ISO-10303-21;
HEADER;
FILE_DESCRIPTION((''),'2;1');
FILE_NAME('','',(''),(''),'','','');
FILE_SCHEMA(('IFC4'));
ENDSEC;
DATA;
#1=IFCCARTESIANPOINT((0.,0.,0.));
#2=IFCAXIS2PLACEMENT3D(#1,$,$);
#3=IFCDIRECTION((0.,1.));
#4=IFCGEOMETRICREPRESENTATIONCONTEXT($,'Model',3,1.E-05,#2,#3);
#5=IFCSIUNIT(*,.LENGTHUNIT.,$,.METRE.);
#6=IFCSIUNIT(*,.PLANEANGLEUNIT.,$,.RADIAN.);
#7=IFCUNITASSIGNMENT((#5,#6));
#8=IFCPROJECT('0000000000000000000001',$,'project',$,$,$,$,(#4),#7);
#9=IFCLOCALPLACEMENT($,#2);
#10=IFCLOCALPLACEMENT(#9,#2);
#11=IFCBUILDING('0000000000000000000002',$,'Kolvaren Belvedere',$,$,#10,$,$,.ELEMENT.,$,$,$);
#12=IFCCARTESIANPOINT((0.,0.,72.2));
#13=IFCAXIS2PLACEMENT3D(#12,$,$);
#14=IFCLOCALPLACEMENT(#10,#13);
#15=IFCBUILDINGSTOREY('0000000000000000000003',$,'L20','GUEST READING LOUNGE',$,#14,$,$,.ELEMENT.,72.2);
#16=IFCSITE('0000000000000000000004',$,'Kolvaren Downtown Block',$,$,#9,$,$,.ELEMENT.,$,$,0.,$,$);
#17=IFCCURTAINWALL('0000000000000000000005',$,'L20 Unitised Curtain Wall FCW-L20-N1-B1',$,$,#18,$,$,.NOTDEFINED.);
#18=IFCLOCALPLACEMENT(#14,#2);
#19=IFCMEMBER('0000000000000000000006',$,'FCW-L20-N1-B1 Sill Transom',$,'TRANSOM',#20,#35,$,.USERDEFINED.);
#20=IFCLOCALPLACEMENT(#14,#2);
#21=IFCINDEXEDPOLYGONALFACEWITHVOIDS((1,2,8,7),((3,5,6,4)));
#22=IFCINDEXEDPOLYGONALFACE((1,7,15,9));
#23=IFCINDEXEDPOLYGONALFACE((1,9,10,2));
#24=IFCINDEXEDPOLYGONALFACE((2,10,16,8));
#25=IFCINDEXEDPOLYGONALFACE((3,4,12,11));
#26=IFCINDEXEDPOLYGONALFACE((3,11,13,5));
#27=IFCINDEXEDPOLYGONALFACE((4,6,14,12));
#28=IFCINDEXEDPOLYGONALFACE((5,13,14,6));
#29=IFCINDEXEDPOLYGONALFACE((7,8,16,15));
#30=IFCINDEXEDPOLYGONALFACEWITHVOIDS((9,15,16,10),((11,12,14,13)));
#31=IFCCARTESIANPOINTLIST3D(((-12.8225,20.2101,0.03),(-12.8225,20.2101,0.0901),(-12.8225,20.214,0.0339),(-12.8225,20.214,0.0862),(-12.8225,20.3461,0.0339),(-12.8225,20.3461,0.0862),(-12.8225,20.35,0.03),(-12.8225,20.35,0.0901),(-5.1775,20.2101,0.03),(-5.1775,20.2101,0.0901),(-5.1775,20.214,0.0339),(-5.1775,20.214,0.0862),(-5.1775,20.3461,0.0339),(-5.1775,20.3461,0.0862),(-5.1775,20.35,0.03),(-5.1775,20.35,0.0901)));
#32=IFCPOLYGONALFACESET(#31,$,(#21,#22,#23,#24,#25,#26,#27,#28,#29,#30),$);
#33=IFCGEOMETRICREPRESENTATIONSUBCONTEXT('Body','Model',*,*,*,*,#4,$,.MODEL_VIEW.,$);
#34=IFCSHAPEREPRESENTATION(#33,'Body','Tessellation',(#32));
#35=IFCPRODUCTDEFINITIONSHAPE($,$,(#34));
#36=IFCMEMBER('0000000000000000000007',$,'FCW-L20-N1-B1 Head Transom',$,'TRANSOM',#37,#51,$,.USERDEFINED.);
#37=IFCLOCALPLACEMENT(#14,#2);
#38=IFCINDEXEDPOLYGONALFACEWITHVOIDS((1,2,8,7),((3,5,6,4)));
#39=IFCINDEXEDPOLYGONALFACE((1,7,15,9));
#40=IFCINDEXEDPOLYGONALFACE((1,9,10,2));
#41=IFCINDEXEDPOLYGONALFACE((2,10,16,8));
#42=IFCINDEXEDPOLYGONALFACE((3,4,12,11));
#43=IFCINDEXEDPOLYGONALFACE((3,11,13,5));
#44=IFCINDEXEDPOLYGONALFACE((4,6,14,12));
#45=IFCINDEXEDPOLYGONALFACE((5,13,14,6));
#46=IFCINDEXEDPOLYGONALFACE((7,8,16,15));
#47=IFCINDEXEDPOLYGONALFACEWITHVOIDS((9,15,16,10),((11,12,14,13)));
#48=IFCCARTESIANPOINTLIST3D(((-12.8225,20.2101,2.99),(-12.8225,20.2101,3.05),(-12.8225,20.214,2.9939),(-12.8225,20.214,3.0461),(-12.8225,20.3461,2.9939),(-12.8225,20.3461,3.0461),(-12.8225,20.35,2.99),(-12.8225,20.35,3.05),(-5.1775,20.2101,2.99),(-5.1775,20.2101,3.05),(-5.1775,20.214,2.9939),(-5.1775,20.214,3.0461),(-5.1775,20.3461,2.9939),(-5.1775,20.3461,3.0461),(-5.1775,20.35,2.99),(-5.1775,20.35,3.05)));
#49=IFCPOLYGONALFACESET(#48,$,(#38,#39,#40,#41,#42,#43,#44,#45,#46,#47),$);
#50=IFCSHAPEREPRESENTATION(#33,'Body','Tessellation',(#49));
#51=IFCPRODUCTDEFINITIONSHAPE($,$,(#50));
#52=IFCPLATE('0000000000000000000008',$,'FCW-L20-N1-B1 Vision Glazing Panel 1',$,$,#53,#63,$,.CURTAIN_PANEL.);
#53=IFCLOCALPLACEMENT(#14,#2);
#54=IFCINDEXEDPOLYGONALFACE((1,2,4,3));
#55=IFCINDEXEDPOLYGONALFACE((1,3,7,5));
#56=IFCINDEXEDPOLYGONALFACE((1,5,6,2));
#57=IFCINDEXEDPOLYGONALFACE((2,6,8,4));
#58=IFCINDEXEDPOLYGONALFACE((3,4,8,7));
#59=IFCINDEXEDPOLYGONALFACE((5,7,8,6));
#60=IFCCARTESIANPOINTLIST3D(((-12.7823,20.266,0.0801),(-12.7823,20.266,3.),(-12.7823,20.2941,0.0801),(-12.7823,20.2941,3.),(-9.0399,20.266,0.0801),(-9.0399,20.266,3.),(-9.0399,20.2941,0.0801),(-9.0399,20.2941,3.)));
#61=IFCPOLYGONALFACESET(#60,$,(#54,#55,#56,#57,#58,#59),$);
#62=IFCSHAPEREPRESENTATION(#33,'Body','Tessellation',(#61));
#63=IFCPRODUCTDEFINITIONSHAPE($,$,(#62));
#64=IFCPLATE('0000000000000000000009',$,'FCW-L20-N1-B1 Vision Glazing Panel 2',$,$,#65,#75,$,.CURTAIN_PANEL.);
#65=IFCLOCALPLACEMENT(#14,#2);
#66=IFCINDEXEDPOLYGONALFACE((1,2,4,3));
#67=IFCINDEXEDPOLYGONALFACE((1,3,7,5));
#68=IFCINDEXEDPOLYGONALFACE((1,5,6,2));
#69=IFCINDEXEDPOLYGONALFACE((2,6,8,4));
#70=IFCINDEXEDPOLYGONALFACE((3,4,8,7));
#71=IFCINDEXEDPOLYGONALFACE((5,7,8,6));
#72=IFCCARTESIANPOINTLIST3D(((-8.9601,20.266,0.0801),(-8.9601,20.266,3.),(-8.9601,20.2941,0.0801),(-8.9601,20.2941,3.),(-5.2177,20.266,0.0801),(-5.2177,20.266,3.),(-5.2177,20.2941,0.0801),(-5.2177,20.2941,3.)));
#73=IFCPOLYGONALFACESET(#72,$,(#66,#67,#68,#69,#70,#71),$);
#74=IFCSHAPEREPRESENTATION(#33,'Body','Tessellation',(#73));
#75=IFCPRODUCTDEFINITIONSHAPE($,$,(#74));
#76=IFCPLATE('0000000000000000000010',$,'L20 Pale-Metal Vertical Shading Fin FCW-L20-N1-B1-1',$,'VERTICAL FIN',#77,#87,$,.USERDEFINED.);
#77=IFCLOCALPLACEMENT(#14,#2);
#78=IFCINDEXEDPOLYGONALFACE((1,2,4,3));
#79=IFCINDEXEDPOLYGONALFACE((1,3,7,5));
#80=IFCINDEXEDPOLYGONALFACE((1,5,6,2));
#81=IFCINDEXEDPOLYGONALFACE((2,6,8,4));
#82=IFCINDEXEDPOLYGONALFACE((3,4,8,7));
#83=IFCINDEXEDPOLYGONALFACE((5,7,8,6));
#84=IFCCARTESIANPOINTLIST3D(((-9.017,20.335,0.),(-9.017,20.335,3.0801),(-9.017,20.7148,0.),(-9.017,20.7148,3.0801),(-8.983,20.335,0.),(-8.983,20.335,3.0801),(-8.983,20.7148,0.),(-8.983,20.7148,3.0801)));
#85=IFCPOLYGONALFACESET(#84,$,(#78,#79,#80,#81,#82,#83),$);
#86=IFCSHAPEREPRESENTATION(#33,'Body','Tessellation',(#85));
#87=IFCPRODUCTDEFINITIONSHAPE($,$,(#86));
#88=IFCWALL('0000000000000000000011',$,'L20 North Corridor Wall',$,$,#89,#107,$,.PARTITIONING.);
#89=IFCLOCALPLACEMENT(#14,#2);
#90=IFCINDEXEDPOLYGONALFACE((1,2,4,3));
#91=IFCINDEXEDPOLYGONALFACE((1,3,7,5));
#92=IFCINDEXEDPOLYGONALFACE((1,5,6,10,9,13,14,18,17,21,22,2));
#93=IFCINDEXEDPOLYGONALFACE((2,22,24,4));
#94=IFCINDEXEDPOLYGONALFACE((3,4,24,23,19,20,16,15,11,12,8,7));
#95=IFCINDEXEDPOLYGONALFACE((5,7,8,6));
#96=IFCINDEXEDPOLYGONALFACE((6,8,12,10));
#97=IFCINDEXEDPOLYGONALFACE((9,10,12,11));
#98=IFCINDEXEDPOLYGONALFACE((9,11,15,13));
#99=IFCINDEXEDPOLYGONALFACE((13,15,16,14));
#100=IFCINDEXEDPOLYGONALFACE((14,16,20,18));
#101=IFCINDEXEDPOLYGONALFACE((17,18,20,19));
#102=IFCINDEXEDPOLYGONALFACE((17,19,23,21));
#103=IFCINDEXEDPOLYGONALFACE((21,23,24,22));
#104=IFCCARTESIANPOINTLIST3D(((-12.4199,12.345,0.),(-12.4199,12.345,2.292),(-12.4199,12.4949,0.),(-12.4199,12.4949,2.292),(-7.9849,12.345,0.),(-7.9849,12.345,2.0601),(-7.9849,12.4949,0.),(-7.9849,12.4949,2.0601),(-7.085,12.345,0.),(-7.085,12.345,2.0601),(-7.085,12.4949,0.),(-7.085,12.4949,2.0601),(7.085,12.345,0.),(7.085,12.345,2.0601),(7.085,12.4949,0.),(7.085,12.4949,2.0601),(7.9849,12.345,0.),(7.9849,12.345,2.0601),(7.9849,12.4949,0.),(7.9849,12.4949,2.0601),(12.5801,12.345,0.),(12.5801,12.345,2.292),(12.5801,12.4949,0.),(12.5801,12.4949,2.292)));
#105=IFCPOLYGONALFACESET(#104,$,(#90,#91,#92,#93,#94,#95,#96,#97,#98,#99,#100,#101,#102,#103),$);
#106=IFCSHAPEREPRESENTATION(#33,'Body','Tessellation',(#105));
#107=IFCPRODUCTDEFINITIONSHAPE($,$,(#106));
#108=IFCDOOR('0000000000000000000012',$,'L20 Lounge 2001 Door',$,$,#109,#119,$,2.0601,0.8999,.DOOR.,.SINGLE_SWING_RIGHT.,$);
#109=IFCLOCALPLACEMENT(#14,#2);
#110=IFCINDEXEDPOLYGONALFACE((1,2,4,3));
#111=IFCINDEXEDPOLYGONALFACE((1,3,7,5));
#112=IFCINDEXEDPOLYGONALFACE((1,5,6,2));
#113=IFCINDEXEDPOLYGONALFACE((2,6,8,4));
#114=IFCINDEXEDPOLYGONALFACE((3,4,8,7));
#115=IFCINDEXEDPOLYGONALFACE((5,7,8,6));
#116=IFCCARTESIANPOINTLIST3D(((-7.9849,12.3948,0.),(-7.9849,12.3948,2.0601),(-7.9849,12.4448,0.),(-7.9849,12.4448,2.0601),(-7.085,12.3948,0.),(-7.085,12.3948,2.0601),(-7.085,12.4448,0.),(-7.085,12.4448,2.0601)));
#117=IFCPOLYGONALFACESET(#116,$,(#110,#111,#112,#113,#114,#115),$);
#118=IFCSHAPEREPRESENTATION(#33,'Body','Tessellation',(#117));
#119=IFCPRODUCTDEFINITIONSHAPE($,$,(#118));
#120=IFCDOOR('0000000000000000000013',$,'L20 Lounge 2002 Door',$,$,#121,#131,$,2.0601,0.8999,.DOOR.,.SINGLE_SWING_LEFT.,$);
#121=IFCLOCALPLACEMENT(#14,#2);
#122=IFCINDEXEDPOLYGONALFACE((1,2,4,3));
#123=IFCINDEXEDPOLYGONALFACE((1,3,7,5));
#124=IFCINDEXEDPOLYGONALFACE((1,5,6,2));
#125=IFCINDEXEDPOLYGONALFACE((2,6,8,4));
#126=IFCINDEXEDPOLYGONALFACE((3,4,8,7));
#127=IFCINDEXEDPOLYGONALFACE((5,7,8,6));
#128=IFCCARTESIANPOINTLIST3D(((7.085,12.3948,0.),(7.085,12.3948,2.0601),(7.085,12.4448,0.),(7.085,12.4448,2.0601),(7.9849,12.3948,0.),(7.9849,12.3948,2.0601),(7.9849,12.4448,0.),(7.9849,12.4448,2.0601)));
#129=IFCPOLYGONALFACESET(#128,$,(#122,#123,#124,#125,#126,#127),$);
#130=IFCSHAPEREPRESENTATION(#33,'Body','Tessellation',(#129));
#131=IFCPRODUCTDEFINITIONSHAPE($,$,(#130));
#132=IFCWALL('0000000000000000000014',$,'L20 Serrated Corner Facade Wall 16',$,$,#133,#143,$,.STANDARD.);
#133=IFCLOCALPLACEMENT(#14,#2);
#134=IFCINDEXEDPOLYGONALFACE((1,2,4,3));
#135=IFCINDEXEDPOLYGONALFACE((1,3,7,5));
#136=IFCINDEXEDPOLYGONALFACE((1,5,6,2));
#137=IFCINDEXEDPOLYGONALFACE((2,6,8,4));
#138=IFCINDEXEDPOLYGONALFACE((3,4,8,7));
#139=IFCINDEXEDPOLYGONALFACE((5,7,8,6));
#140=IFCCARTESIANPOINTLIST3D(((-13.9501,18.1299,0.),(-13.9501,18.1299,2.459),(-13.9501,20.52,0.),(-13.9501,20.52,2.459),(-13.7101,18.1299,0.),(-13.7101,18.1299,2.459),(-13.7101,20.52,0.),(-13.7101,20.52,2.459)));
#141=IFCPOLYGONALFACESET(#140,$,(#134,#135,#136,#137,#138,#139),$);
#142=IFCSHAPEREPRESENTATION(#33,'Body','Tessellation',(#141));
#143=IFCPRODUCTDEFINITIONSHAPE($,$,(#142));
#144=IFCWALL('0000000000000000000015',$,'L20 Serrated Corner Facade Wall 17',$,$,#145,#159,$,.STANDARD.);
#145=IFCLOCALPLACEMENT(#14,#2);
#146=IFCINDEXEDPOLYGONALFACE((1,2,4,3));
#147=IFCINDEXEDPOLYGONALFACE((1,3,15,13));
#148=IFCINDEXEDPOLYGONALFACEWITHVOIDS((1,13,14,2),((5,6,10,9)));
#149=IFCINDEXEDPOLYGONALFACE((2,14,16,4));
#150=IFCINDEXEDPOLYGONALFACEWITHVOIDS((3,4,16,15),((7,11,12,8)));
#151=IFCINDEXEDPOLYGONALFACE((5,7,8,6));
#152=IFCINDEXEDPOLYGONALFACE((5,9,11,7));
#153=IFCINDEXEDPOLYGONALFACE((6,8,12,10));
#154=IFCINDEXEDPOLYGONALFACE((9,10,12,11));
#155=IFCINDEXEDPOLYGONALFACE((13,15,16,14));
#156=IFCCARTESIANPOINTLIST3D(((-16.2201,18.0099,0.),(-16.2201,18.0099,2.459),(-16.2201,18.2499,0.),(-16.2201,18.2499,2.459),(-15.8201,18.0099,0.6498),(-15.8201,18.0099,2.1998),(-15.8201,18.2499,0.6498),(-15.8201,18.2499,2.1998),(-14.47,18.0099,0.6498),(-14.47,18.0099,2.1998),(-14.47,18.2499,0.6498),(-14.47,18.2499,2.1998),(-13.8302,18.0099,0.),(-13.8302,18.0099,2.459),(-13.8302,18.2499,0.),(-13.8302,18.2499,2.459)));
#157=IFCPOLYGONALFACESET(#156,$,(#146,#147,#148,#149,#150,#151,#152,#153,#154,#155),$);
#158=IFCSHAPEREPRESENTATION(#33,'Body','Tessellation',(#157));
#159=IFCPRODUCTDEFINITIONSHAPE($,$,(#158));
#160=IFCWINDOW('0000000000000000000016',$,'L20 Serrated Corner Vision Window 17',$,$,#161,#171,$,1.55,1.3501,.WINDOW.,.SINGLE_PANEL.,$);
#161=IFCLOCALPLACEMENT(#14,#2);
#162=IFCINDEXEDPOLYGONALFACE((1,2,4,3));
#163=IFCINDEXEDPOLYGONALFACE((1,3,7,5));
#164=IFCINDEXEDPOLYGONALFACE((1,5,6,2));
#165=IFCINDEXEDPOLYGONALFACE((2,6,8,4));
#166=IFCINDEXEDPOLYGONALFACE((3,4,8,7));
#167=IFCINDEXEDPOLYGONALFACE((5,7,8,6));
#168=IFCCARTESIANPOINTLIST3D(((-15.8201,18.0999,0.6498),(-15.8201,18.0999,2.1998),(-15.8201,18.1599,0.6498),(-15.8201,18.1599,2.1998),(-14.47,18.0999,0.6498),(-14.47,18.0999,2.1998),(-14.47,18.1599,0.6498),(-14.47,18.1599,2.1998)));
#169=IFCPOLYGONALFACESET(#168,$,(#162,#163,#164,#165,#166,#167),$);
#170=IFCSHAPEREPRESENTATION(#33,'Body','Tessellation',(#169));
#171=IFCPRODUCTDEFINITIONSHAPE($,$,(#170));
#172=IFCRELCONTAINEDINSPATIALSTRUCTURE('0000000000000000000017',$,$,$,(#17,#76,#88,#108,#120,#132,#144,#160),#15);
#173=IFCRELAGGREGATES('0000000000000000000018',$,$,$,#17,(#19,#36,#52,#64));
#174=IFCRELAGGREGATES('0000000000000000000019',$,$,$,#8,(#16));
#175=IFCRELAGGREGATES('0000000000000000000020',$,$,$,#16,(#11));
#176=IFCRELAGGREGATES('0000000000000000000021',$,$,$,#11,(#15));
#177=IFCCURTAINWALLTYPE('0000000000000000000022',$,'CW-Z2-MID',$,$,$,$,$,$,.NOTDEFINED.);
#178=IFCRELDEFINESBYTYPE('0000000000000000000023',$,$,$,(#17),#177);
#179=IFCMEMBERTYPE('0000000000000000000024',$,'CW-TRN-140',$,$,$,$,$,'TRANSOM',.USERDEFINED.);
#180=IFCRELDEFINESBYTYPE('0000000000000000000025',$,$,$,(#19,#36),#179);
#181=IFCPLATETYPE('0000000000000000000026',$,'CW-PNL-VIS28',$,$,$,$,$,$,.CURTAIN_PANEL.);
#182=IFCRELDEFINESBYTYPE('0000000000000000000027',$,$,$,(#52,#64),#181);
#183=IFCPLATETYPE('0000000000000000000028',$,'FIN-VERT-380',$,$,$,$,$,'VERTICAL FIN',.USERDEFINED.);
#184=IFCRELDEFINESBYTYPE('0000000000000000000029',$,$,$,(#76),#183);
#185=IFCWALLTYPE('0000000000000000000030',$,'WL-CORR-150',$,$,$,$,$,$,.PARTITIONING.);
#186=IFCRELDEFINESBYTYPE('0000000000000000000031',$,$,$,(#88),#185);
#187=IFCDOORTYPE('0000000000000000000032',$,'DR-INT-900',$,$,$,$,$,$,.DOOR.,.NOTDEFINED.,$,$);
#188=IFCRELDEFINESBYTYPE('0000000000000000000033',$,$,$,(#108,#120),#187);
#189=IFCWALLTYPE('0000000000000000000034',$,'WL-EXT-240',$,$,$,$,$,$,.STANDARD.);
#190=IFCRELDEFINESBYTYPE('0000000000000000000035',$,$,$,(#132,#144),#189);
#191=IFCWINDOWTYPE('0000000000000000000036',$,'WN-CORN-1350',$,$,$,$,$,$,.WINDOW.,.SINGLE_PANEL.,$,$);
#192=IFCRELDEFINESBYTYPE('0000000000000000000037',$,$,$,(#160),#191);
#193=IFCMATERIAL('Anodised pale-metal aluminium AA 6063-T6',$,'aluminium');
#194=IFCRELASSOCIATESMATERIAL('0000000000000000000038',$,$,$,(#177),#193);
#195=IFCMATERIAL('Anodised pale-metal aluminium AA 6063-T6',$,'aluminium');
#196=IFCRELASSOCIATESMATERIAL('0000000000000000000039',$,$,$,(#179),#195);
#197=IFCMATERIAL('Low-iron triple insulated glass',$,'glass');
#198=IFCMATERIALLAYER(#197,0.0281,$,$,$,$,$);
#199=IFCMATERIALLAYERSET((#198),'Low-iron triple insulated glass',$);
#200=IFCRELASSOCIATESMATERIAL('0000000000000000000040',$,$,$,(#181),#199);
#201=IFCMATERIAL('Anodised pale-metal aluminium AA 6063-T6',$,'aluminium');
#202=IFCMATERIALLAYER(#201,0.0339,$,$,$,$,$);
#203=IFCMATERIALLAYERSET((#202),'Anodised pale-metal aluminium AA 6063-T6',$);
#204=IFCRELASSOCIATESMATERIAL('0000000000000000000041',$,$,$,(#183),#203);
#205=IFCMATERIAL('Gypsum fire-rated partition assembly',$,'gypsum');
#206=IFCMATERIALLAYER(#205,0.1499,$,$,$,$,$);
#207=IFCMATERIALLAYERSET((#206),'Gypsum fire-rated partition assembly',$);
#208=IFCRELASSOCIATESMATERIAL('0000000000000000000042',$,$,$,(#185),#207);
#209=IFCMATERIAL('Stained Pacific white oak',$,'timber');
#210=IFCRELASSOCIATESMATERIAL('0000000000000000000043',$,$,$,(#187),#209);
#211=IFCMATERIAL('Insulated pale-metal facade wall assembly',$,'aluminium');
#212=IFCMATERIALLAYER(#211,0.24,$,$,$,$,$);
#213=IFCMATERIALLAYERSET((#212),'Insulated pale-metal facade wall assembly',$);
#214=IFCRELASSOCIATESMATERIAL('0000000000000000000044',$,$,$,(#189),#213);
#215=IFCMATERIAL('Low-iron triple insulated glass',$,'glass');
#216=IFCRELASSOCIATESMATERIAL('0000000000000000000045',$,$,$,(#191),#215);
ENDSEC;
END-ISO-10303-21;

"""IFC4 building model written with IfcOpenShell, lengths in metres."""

from ifc_helpers import new_model, si_unit, direction, frame, frame_2d, origin, origin_2d, place, context, subcontext, project, spatial, rectangle, hollow_rectangle, extrude, material, layer, layer_set, material_profile, profile_set, type_object, element, fill, aggregate, save


model = new_model("IFC4")

# Units and contexts
model_context = context("Model", 3, precision=1e-05, world=origin(), true_north=direction((0.0, 1.0)))
body_context = subcontext(model_context, "Body", "Model", "MODEL_VIEW")
ifc_project = project(units=[si_unit("LENGTHUNIT", "METRE"), si_unit("PLANEANGLEUNIT", "RADIAN")], contexts=[model_context])

# Site, building, storey
site_placement = place(None, origin())
site = spatial("IfcSite", under=ifc_project, at=site_placement, Name="Kolvaren Downtown Block", CompositionType="ELEMENT", RefElevation=0.0)
building_placement = place(site_placement, origin())
building = spatial("IfcBuilding", under=site, at=building_placement, Name="Kolvaren Belvedere", CompositionType="ELEMENT")
storey_placement = place(building_placement, frame((0.0, 0.0, 72.2)))
storey = spatial("IfcBuildingStorey", under=building, at=storey_placement, Name="L20", Description="GUEST READING LOUNGE", CompositionType="ELEMENT", Elevation=72.2)

# Curtain wall
ifc_material_1 = material(Name="Anodised pale-metal aluminium AA 6063-T6", Category="aluminium")
curtain_wall_type = type_object("IfcCurtainWallType", Name="CW-Z2-MID", PredefinedType="NOTDEFINED", material=ifc_material_1)
curtain_wall_1_placement = place(storey_placement, origin())
curtain_wall_1 = element("IfcCurtainWall", 1, at=curtain_wall_1_placement, inside=storey, type_object=curtain_wall_type, Name="L20 Unitised Curtain Wall FCW-L20-N1-B1", PredefinedType="NOTDEFINED")

# Members
ifc_material_2 = material(Name="Anodised pale-metal aluminium AA 6063-T6", Category="aluminium")
ifc_material_profile_1 = material_profile(ifc_material_2, hollow_rectangle(XDim=0.0601, YDim=0.1399, WallThickness=0.0039, at=origin_2d()), Name="ALU-TRN-140X60")
ifc_profile_set_1 = profile_set([ifc_material_profile_1], Name="Anodised pale-metal aluminium AA 6063-T6")
member_type_1 = type_object("IfcMemberType", Name="CW-TRN-140", ElementType="TRANSOM", PredefinedType="USERDEFINED", material=ifc_profile_set_1)
member_1_placement = place(storey_placement, frame((-12.8225, 20.28, 0.0601), z_axis=(1.0, 0.0, 0.0), x_axis=(0.0, 0.0, 1.0)))
member_1 = element("IfcMember", 2, at=member_1_placement, type_object=member_type_1, Name="FCW-L20-N1-B1 Sill Transom", ObjectType="TRANSOM", PredefinedType="USERDEFINED", context=body_context, shape_type="SweptSolid", body=[
    extrude(hollow_rectangle(XDim=0.0601, YDim=0.1399, WallThickness=0.0039, at=origin_2d()), origin(), (0.0, 0.0, 1.0), 7.645),
])
member_2_placement = place(storey_placement, frame((-12.8225, 20.28, 3.02), z_axis=(1.0, 0.0, 0.0), x_axis=(0.0, 0.0, 1.0)))
member_2 = element("IfcMember", 3, at=member_2_placement, type_object=member_type_1, Name="FCW-L20-N1-B1 Head Transom", ObjectType="TRANSOM", PredefinedType="USERDEFINED", context=body_context, shape_type="SweptSolid", body=[
    extrude(hollow_rectangle(XDim=0.0601, YDim=0.1399, WallThickness=0.0039, at=origin_2d()), origin(), (0.0, 0.0, 1.0), 7.645),
])

# Plates
ifc_material_3 = material(Name="Low-iron triple insulated glass", Category="glass")
ifc_layer_1 = layer(ifc_material_3, 0.0281)
ifc_layer_set_1 = layer_set([ifc_layer_1], Name="Low-iron triple insulated glass")
plate_type_1 = type_object("IfcPlateType", Name="CW-PNL-VIS28", PredefinedType="CURTAIN_PANEL", material=ifc_layer_set_1)
plate_1_placement = place(storey_placement, frame((-10.9111, 20.28, 0.0801), z_axis=(0.0, 0.0, 1.0), x_axis=(1.0, 0.0, 0.0)))
plate_1 = element("IfcPlate", 4, at=plate_1_placement, type_object=plate_type_1, Name="FCW-L20-N1-B1 Vision Glazing Panel 1", PredefinedType="CURTAIN_PANEL", context=body_context, shape_type="SweptSolid", body=[
    extrude(rectangle(XDim=3.7424, YDim=0.0281, at=origin_2d()), origin(), (0.0, 0.0, 1.0), 2.9199),
])
plate_2_placement = place(storey_placement, frame((-7.0889, 20.28, 0.0801), z_axis=(0.0, 0.0, 1.0), x_axis=(1.0, 0.0, 0.0)))
plate_2 = element("IfcPlate", 5, at=plate_2_placement, type_object=plate_type_1, Name="FCW-L20-N1-B1 Vision Glazing Panel 2", PredefinedType="CURTAIN_PANEL", context=body_context, shape_type="SweptSolid", body=[
    extrude(rectangle(XDim=3.7424, YDim=0.0281, at=origin_2d()), origin(), (0.0, 0.0, 1.0), 2.9199),
])
aggregate(curtain_wall_1, [member_1, member_2, plate_1, plate_2])
ifc_material_4 = material(Name="Anodised pale-metal aluminium AA 6063-T6", Category="aluminium")
ifc_layer_2 = layer(ifc_material_4, 0.0339)
ifc_layer_set_2 = layer_set([ifc_layer_2], Name="Anodised pale-metal aluminium AA 6063-T6")
plate_type_2 = type_object("IfcPlateType", Name="FIN-VERT-380", ElementType="VERTICAL FIN", PredefinedType="USERDEFINED", material=ifc_layer_set_2)
plate_3_placement = place(storey_placement, frame((-9.0, 20.5249, 0.0), z_axis=(0.0, 0.0, 1.0), x_axis=(0.0, 1.0, 0.0)))
element("IfcPlate", 6, at=plate_3_placement, inside=storey, type_object=plate_type_2, Name="L20 Pale-Metal Vertical Shading Fin FCW-L20-N1-B1-1", ObjectType="VERTICAL FIN", PredefinedType="USERDEFINED", context=body_context, shape_type="SweptSolid", body=[
    extrude(rectangle(XDim=0.3799, YDim=0.0339, at=origin_2d()), origin(), (0.0, 0.0, 1.0), 3.0801),
])

# Wall, openings, doors
ifc_material_5 = material(Name="Gypsum fire-rated partition assembly", Category="gypsum")
ifc_layer_3 = layer(ifc_material_5, 0.1499)
ifc_layer_set_3 = layer_set([ifc_layer_3], Name="Gypsum fire-rated partition assembly")
wall_type_1 = type_object("IfcWallType", Name="WL-CORR-150", PredefinedType="PARTITIONING", material=ifc_layer_set_3)
wall_1_placement = place(storey_placement, frame((-12.4199, 12.4199, 0.0), z_axis=(0.0, 0.0, 1.0), x_axis=(1.0, 0.0, 0.0)))
wall_1 = element("IfcWall", 7, at=wall_1_placement, inside=storey, type_object=wall_type_1, Name="L20 North Corridor Wall", PredefinedType="PARTITIONING", context=body_context, shape_type="SweptSolid", body=[
    extrude(rectangle(XDim=25.0, YDim=0.1499, at=frame_2d((12.5, 0.0))), origin(), (0.0, 0.0, 1.0), 2.292),
])
opening_1_placement = place(wall_1_placement, frame((4.4351, 0.0, 0.0)))
opening_1 = element("IfcOpeningElement", 8, at=opening_1_placement, cuts=wall_1, PredefinedType="OPENING", context=body_context, shape_type="SweptSolid", body=[
    extrude(rectangle(XDim=0.8999, YDim=2.0601, at=frame_2d((0.45, 1.03))), frame((0.0, 0.085, 0.0), z_axis=(0.0, -1.0, 0.0), x_axis=(1.0, 0.0, 0.0)), (0.0, 0.0, 1.0), 0.1699),
])
opening_2_placement = place(wall_1_placement, frame((19.5049, 0.0, 0.0)))
opening_2 = element("IfcOpeningElement", 9, at=opening_2_placement, cuts=wall_1, PredefinedType="OPENING", context=body_context, shape_type="SweptSolid", body=[
    extrude(rectangle(XDim=0.8999, YDim=2.0601, at=frame_2d((0.45, 1.03))), frame((0.0, 0.085, 0.0), z_axis=(0.0, -1.0, 0.0), x_axis=(1.0, 0.0, 0.0)), (0.0, 0.0, 1.0), 0.1699),
])
ifc_material_6 = material(Name="Stained Pacific white oak", Category="timber")
door_type = type_object("IfcDoorType", Name="DR-INT-900", OperationType="NOTDEFINED", PredefinedType="DOOR", material=ifc_material_6)
door_1_placement = place(opening_1_placement, origin())
door_1 = element("IfcDoor", 10, at=door_1_placement, inside=storey, type_object=door_type, Name="L20 Lounge 2001 Door", OperationType="SINGLE_SWING_RIGHT", OverallHeight=2.0601, OverallWidth=0.8999, PredefinedType="DOOR", context=body_context, shape_type="SweptSolid", body=[
    extrude(rectangle(XDim=0.8999, YDim=2.0601, at=frame_2d((0.45, 1.03))), frame((0.0, 0.0249, 0.0), z_axis=(0.0, -1.0, 0.0), x_axis=(1.0, 0.0, 0.0)), (0.0, 0.0, 1.0), 0.05),
])
fill(opening_1, door_1)
door_2_placement = place(opening_2_placement, origin())
door_2 = element("IfcDoor", 11, at=door_2_placement, inside=storey, type_object=door_type, Name="L20 Lounge 2002 Door", OperationType="SINGLE_SWING_LEFT", OverallHeight=2.0601, OverallWidth=0.8999, PredefinedType="DOOR", context=body_context, shape_type="SweptSolid", body=[
    extrude(rectangle(XDim=0.8999, YDim=2.0601, at=frame_2d((0.45, 1.03))), frame((0.0, 0.0249, 0.0), z_axis=(0.0, -1.0, 0.0), x_axis=(1.0, 0.0, 0.0)), (0.0, 0.0, 1.0), 0.05),
])
fill(opening_2, door_2)

# Wall
ifc_material_7 = material(Name="Insulated pale-metal facade wall assembly", Category="aluminium")
ifc_layer_4 = layer(ifc_material_7, 0.24)
ifc_layer_set_4 = layer_set([ifc_layer_4], Name="Insulated pale-metal facade wall assembly")
wall_type_2 = type_object("IfcWallType", Name="WL-EXT-240", PredefinedType="STANDARD", material=ifc_layer_set_4)
wall_2_placement = place(storey_placement, frame((-13.8301, 18.1299, 0.0), z_axis=(0.0, 0.0, 1.0), x_axis=(0.0, 1.0, 0.0)))
element("IfcWall", 12, at=wall_2_placement, inside=storey, type_object=wall_type_2, Name="L20 Serrated Corner Facade Wall 16", PredefinedType="STANDARD", context=body_context, shape_type="SweptSolid", body=[
    extrude(rectangle(XDim=2.3901, YDim=0.24, at=frame_2d((1.1951, 0.0))), origin(), (0.0, 0.0, 1.0), 2.459),
])

# Wall, opening, window
wall_3_placement = place(storey_placement, frame((-16.22, 18.1299, 0.0), z_axis=(0.0, 0.0, 1.0), x_axis=(1.0, 0.0, 0.0)))
wall_3 = element("IfcWall", 13, at=wall_3_placement, inside=storey, type_object=wall_type_2, Name="L20 Serrated Corner Facade Wall 17", PredefinedType="STANDARD", context=body_context, shape_type="SweptSolid", body=[
    extrude(rectangle(XDim=2.3899, YDim=0.24, at=frame_2d((1.1948, 0.0))), origin(), (0.0, 0.0, 1.0), 2.459),
])
opening_3_placement = place(wall_3_placement, frame((0.3999, 0.0, 0.6499)))
opening_3 = element("IfcOpeningElement", 14, at=opening_3_placement, cuts=wall_3, PredefinedType="OPENING", context=body_context, shape_type="SweptSolid", body=[
    extrude(rectangle(XDim=1.3501, YDim=1.55, at=frame_2d((0.675, 0.7749))), frame((0.0, 0.1299, 0.0), z_axis=(0.0, -1.0, 0.0), x_axis=(1.0, 0.0, 0.0)), (0.0, 0.0, 1.0), 0.26),
])
ifc_material_8 = material(Name="Low-iron triple insulated glass", Category="glass")
window_type_1 = type_object("IfcWindowType", Name="WN-CORN-1350", PartitioningType="SINGLE_PANEL", PredefinedType="WINDOW", material=ifc_material_8)
window_1_placement = place(opening_3_placement, origin())
window_1 = element("IfcWindow", 15, at=window_1_placement, inside=storey, type_object=window_type_1, Name="L20 Serrated Corner Vision Window 17", OverallHeight=1.55, OverallWidth=1.3501, PartitioningType="SINGLE_PANEL", PredefinedType="WINDOW", context=body_context, shape_type="SweptSolid", body=[
    extrude(rectangle(XDim=1.3501, YDim=1.55, at=frame_2d((0.675, 0.7749))), frame((0.0, 0.03, 0.0), z_axis=(0.0, -1.0, 0.0), x_axis=(1.0, 0.0, 0.0)), (0.0, 0.0, 1.0), 0.0601),
])
fill(opening_3, window_1)

save(model, "model.ifc")
